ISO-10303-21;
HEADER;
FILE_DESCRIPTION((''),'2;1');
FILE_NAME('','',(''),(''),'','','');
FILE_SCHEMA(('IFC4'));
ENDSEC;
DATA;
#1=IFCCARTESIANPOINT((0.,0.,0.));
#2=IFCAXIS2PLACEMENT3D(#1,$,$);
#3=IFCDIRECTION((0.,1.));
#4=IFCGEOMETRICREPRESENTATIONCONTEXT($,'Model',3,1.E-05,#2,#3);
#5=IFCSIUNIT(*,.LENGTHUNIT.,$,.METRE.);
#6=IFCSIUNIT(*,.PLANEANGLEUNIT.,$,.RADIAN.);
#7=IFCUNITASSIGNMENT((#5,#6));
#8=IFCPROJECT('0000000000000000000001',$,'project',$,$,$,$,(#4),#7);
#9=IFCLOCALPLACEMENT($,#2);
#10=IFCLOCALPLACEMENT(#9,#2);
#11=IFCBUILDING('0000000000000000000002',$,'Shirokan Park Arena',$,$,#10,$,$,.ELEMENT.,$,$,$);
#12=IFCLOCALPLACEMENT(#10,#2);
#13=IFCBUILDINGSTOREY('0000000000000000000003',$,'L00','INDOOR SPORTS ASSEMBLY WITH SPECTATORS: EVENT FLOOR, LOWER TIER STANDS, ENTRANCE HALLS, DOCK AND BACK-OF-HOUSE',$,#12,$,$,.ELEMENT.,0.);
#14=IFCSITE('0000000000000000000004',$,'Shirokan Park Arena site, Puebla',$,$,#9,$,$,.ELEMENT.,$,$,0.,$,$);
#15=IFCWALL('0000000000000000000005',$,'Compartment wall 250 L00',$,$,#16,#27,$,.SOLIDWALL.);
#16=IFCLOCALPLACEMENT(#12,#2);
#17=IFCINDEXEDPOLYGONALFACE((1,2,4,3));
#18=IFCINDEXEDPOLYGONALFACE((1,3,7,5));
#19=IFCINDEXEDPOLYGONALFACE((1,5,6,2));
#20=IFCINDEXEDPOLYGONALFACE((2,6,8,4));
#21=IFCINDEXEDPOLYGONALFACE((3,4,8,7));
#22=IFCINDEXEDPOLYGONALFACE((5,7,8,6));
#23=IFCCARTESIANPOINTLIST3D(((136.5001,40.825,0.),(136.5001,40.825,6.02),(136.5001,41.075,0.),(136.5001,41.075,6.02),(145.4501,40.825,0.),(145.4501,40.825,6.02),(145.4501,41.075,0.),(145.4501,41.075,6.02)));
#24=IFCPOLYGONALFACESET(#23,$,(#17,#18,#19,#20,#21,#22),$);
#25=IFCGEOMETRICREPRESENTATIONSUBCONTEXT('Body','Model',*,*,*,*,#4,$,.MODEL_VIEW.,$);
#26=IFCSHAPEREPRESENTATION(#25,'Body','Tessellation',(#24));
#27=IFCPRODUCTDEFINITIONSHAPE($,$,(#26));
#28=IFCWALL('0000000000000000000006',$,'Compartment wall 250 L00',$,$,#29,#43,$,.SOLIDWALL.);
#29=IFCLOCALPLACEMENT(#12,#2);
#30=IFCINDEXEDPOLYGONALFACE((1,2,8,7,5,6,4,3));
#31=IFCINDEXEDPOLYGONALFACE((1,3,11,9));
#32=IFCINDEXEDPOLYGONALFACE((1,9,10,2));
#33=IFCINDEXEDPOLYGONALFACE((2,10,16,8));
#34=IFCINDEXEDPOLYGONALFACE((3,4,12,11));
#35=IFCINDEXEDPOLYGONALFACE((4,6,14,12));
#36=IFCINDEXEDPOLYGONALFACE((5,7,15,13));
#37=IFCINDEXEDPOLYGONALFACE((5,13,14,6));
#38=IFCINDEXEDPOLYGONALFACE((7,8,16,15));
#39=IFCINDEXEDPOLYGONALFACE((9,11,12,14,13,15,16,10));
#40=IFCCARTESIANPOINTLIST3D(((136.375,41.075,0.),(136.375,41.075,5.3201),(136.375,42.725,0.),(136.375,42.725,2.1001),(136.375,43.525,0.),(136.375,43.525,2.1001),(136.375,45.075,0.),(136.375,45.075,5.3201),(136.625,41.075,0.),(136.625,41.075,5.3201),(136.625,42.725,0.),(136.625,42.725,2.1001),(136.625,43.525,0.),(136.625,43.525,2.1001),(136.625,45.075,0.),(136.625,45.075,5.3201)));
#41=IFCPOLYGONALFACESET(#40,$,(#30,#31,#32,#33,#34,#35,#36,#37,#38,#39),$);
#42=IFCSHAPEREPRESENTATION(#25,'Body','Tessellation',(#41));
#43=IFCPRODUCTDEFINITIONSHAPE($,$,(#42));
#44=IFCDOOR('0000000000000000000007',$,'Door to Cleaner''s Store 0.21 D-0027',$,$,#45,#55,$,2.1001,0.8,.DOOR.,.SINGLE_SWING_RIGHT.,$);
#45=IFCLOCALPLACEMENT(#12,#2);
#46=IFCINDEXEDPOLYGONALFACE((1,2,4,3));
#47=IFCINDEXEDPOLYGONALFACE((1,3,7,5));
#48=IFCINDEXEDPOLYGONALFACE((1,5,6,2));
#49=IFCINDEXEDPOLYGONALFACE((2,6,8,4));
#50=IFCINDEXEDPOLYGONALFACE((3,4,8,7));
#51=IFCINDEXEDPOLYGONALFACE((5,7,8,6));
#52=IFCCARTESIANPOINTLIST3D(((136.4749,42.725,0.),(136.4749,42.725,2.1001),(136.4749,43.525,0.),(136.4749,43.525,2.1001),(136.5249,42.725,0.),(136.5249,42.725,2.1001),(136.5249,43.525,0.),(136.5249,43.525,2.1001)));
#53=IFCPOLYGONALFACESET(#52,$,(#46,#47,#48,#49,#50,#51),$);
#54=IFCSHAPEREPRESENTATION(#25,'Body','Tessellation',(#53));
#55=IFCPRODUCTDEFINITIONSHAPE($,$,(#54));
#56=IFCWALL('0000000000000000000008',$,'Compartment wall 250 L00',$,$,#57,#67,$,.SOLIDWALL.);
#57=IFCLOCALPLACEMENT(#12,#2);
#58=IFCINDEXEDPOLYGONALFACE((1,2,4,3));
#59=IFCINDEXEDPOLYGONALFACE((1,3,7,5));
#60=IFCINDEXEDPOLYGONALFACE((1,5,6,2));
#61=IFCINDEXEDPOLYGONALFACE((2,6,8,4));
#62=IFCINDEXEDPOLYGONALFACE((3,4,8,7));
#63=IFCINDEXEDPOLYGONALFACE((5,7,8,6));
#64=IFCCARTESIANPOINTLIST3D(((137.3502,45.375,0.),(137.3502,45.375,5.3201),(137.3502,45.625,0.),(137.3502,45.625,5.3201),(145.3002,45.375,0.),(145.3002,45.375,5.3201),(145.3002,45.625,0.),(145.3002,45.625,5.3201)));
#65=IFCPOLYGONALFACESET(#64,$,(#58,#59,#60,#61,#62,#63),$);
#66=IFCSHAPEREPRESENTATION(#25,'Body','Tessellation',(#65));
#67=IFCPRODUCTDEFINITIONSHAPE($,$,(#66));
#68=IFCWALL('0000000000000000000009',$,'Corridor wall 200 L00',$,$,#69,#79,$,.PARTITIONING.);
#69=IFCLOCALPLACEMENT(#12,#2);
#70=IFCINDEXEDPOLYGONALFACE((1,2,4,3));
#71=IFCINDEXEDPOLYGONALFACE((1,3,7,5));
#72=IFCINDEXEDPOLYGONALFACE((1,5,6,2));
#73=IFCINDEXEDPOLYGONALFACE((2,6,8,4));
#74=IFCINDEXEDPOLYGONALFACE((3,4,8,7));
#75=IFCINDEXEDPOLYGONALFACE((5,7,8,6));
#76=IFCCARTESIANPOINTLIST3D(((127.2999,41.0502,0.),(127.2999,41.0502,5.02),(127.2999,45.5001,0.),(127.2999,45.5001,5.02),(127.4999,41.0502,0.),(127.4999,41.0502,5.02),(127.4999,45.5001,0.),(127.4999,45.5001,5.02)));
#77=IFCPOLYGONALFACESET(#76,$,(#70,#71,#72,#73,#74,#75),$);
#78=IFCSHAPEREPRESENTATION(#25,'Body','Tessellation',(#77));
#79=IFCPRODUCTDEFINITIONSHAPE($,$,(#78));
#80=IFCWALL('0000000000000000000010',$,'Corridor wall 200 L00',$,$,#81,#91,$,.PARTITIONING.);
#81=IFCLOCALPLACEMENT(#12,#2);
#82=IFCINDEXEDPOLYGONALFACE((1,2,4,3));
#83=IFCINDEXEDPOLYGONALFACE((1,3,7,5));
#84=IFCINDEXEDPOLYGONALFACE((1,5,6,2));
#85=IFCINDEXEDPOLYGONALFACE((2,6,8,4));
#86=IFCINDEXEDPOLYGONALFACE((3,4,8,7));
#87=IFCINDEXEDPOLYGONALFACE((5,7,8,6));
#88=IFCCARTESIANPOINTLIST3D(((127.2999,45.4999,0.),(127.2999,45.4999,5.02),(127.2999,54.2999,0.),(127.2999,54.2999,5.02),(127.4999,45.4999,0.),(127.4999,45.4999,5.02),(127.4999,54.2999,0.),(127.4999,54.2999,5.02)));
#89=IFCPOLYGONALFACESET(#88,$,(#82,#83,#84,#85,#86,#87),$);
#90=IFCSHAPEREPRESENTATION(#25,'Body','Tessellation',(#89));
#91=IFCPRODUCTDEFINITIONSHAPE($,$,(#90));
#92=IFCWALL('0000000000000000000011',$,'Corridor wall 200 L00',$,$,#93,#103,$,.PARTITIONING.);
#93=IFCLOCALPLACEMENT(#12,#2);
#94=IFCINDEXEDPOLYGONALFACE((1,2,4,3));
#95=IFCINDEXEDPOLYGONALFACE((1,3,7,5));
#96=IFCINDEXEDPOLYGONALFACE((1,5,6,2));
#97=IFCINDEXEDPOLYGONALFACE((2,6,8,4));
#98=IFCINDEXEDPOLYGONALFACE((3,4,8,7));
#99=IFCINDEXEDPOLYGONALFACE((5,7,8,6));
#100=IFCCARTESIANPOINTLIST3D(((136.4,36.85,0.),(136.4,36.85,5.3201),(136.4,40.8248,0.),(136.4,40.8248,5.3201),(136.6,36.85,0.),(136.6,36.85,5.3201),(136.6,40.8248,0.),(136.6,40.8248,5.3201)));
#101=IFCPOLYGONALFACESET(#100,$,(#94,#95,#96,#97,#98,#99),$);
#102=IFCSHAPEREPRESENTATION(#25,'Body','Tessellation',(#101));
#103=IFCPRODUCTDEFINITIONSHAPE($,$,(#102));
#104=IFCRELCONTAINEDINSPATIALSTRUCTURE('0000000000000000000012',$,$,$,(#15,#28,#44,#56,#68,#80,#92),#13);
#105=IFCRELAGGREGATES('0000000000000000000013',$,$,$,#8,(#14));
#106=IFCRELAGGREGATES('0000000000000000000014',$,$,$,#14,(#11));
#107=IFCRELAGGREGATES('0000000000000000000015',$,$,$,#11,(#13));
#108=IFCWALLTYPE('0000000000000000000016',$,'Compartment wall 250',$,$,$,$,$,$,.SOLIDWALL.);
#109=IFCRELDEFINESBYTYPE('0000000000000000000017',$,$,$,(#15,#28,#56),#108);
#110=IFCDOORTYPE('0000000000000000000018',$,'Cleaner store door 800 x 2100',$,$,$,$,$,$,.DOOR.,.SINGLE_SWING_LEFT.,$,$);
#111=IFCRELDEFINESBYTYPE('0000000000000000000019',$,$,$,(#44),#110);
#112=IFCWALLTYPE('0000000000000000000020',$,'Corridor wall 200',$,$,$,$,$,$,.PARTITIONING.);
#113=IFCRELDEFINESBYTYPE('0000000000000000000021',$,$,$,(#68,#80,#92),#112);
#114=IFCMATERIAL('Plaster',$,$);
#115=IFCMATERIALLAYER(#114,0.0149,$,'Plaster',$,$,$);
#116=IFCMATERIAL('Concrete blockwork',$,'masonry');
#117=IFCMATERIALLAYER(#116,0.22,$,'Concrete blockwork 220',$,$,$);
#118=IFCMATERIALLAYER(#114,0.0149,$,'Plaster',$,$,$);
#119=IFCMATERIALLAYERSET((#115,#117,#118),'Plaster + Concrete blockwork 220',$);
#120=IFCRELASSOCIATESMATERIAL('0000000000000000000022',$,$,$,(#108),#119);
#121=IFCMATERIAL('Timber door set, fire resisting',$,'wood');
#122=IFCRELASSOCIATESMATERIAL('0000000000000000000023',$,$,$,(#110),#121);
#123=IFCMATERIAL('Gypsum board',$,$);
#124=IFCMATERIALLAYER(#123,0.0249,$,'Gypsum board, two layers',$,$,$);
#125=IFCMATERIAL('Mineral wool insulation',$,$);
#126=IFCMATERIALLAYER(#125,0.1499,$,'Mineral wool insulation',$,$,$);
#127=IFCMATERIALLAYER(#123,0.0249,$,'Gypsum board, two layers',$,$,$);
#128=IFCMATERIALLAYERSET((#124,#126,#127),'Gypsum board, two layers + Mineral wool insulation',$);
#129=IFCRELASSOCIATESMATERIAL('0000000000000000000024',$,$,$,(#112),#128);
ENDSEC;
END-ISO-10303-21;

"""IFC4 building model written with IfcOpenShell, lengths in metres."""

from ifc_helpers import new_model, si_unit, direction, frame, frame_2d, origin, place, context, subcontext, project, spatial, rectangle, extrude, material, layer, layer_set, type_object, element, fill, save


model = new_model("IFC4")

# Units and contexts
model_context = context("Model", 3, precision=1e-05, world=origin(), true_north=direction((0.0, 1.0)))
body_context = subcontext(model_context, "Body", "Model", "MODEL_VIEW")
ifc_project = project(units=[si_unit("LENGTHUNIT", "METRE"), si_unit("PLANEANGLEUNIT", "RADIAN")], contexts=[model_context])

# Site, building, storey
site_placement = place(None, origin())
site = spatial("IfcSite", under=ifc_project, at=site_placement, Name="Shirokan Park Arena site, Puebla", CompositionType="ELEMENT", RefElevation=0.0)
building_placement = place(site_placement, origin())
building = spatial("IfcBuilding", under=site, at=building_placement, Name="Shirokan Park Arena", CompositionType="ELEMENT")
storey_placement = place(building_placement, origin())
storey = spatial("IfcBuildingStorey", under=building, at=storey_placement, Name="L00", Description="INDOOR SPORTS ASSEMBLY WITH SPECTATORS: EVENT FLOOR, LOWER TIER STANDS, ENTRANCE HALLS, DOCK AND BACK-OF-HOUSE", CompositionType="ELEMENT", Elevation=0.0)

# Wall
ifc_material_1 = material(Name="Plaster")
ifc_layer_1 = layer(ifc_material_1, 0.0149, Name="Plaster")
ifc_material_2 = material(Name="Concrete blockwork", Category="masonry")
ifc_layer_2 = layer(ifc_material_2, 0.22, Name="Concrete blockwork 220")
ifc_layer_3 = layer(ifc_material_1, 0.0149, Name="Plaster")
ifc_layer_set_1 = layer_set([ifc_layer_1, ifc_layer_2, ifc_layer_3], Name="Plaster + Concrete blockwork 220")
wall_type_1 = type_object("IfcWallType", Name="Compartment wall 250", PredefinedType="SOLIDWALL", material=ifc_layer_set_1)
wall_1_placement = place(storey_placement, frame((136.5, 40.95, 0.0), z_axis=(0.0, 0.0, 1.0), x_axis=(1.0, 0.0, 0.0)))
element("IfcWall", 1, at=wall_1_placement, inside=storey, type_object=wall_type_1, Name="Compartment wall 250 L00", PredefinedType="SOLIDWALL", context=body_context, shape_type="SweptSolid", body=[
    extrude(rectangle(XDim=8.95, YDim=0.25, at=frame_2d((4.4751, 0.0))), origin(), (0.0, 0.0, 1.0), 6.02),
])

# Wall, opening, door
wall_2_placement = place(storey_placement, frame((136.5, 45.075, 0.0), z_axis=(0.0, 0.0, 1.0), x_axis=(0.0, -1.0, 0.0)))
wall_2 = element("IfcWall", 2, at=wall_2_placement, inside=storey, type_object=wall_type_1, Name="Compartment wall 250 L00", PredefinedType="SOLIDWALL", context=body_context, shape_type="SweptSolid", body=[
    extrude(rectangle(XDim=4.0, YDim=0.25, at=frame_2d((2.0, 0.0))), origin(), (0.0, 0.0, 1.0), 5.3201),
])
opening_1_placement = place(wall_2_placement, frame((1.55, 0.0, 0.0)))
opening_1 = element("IfcOpeningElement", 3, at=opening_1_placement, cuts=wall_2, PredefinedType="OPENING", context=body_context, shape_type="SweptSolid", body=[
    extrude(rectangle(XDim=0.8, YDim=2.1001, at=frame_2d((0.3999, 1.05))), frame((0.0, 0.135, 0.0), z_axis=(0.0, -1.0, 0.0), x_axis=(1.0, 0.0, 0.0)), (0.0, 0.0, 1.0), 0.27),
])
ifc_material_3 = material(Name="Timber door set, fire resisting", Category="wood")
door_type_1 = type_object("IfcDoorType", Name="Cleaner store door 800 x 2100", OperationType="SINGLE_SWING_LEFT", PredefinedType="DOOR", material=ifc_material_3)
door_1_placement = place(opening_1_placement, origin())
door_1 = element("IfcDoor", 4, at=door_1_placement, inside=storey, type_object=door_type_1, Name="Door to Cleaner's Store 0.21 D-0027", OperationType="SINGLE_SWING_RIGHT", OverallHeight=2.1001, OverallWidth=0.8, PredefinedType="DOOR", context=body_context, shape_type="SweptSolid", body=[
    extrude(rectangle(XDim=0.8, YDim=2.1001, at=frame_2d((0.3999, 1.05))), frame((0.0, 0.0249, 0.0), z_axis=(0.0, -1.0, 0.0), x_axis=(1.0, 0.0, 0.0)), (0.0, 0.0, 1.0), 0.05),
])
fill(opening_1, door_1)

# Walls
wall_3_placement = place(storey_placement, frame((137.3501, 45.5, 0.0), z_axis=(0.0, 0.0, 1.0), x_axis=(1.0, 0.0, 0.0)))
element("IfcWall", 5, at=wall_3_placement, inside=storey, type_object=wall_type_1, Name="Compartment wall 250 L00", PredefinedType="SOLIDWALL", context=body_context, shape_type="SweptSolid", body=[
    extrude(rectangle(XDim=7.95, YDim=0.25, at=frame_2d((3.9751, 0.0))), origin(), (0.0, 0.0, 1.0), 5.3201),
])
ifc_material_4 = material(Name="Gypsum board")
ifc_layer_4 = layer(ifc_material_4, 0.0249, Name="Gypsum board, two layers")
ifc_material_5 = material(Name="Mineral wool insulation")
ifc_layer_5 = layer(ifc_material_5, 0.1499, Name="Mineral wool insulation")
ifc_layer_6 = layer(ifc_material_4, 0.0249, Name="Gypsum board, two layers")
ifc_layer_set_2 = layer_set([ifc_layer_4, ifc_layer_5, ifc_layer_6], Name="Gypsum board, two layers + Mineral wool insulation")
wall_type_2 = type_object("IfcWallType", Name="Corridor wall 200", PredefinedType="PARTITIONING", material=ifc_layer_set_2)
wall_4_placement = place(storey_placement, frame((127.3999, 41.05, 0.0), z_axis=(0.0, 0.0, 1.0), x_axis=(0.0, 1.0, 0.0)))
element("IfcWall", 6, at=wall_4_placement, inside=storey, type_object=wall_type_2, Name="Corridor wall 200 L00", PredefinedType="PARTITIONING", context=body_context, shape_type="SweptSolid", body=[
    extrude(rectangle(XDim=4.45, YDim=0.2, at=frame_2d((2.2251, 0.0))), origin(), (0.0, 0.0, 1.0), 5.02),
])
wall_5_placement = place(storey_placement, frame((127.3999, 45.5, 0.0), z_axis=(0.0, 0.0, 1.0), x_axis=(0.0, 1.0, 0.0)))
element("IfcWall", 7, at=wall_5_placement, inside=storey, type_object=wall_type_2, Name="Corridor wall 200 L00", PredefinedType="PARTITIONING", context=body_context, shape_type="SweptSolid", body=[
    extrude(rectangle(XDim=8.8, YDim=0.2, at=frame_2d((4.3999, 0.0))), origin(), (0.0, 0.0, 1.0), 5.02),
])
wall_6_placement = place(storey_placement, frame((136.5, 36.8501, 0.0), z_axis=(0.0, 0.0, 1.0), x_axis=(0.0, 1.0, 0.0)))
element("IfcWall", 8, at=wall_6_placement, inside=storey, type_object=wall_type_2, Name="Corridor wall 200 L00", PredefinedType="PARTITIONING", context=body_context, shape_type="SweptSolid", body=[
    extrude(rectangle(XDim=3.9749, YDim=0.2, at=frame_2d((1.9873, 0.0))), origin(), (0.0, 0.0, 1.0), 5.3201),
])

save(model, "model.ifc")
